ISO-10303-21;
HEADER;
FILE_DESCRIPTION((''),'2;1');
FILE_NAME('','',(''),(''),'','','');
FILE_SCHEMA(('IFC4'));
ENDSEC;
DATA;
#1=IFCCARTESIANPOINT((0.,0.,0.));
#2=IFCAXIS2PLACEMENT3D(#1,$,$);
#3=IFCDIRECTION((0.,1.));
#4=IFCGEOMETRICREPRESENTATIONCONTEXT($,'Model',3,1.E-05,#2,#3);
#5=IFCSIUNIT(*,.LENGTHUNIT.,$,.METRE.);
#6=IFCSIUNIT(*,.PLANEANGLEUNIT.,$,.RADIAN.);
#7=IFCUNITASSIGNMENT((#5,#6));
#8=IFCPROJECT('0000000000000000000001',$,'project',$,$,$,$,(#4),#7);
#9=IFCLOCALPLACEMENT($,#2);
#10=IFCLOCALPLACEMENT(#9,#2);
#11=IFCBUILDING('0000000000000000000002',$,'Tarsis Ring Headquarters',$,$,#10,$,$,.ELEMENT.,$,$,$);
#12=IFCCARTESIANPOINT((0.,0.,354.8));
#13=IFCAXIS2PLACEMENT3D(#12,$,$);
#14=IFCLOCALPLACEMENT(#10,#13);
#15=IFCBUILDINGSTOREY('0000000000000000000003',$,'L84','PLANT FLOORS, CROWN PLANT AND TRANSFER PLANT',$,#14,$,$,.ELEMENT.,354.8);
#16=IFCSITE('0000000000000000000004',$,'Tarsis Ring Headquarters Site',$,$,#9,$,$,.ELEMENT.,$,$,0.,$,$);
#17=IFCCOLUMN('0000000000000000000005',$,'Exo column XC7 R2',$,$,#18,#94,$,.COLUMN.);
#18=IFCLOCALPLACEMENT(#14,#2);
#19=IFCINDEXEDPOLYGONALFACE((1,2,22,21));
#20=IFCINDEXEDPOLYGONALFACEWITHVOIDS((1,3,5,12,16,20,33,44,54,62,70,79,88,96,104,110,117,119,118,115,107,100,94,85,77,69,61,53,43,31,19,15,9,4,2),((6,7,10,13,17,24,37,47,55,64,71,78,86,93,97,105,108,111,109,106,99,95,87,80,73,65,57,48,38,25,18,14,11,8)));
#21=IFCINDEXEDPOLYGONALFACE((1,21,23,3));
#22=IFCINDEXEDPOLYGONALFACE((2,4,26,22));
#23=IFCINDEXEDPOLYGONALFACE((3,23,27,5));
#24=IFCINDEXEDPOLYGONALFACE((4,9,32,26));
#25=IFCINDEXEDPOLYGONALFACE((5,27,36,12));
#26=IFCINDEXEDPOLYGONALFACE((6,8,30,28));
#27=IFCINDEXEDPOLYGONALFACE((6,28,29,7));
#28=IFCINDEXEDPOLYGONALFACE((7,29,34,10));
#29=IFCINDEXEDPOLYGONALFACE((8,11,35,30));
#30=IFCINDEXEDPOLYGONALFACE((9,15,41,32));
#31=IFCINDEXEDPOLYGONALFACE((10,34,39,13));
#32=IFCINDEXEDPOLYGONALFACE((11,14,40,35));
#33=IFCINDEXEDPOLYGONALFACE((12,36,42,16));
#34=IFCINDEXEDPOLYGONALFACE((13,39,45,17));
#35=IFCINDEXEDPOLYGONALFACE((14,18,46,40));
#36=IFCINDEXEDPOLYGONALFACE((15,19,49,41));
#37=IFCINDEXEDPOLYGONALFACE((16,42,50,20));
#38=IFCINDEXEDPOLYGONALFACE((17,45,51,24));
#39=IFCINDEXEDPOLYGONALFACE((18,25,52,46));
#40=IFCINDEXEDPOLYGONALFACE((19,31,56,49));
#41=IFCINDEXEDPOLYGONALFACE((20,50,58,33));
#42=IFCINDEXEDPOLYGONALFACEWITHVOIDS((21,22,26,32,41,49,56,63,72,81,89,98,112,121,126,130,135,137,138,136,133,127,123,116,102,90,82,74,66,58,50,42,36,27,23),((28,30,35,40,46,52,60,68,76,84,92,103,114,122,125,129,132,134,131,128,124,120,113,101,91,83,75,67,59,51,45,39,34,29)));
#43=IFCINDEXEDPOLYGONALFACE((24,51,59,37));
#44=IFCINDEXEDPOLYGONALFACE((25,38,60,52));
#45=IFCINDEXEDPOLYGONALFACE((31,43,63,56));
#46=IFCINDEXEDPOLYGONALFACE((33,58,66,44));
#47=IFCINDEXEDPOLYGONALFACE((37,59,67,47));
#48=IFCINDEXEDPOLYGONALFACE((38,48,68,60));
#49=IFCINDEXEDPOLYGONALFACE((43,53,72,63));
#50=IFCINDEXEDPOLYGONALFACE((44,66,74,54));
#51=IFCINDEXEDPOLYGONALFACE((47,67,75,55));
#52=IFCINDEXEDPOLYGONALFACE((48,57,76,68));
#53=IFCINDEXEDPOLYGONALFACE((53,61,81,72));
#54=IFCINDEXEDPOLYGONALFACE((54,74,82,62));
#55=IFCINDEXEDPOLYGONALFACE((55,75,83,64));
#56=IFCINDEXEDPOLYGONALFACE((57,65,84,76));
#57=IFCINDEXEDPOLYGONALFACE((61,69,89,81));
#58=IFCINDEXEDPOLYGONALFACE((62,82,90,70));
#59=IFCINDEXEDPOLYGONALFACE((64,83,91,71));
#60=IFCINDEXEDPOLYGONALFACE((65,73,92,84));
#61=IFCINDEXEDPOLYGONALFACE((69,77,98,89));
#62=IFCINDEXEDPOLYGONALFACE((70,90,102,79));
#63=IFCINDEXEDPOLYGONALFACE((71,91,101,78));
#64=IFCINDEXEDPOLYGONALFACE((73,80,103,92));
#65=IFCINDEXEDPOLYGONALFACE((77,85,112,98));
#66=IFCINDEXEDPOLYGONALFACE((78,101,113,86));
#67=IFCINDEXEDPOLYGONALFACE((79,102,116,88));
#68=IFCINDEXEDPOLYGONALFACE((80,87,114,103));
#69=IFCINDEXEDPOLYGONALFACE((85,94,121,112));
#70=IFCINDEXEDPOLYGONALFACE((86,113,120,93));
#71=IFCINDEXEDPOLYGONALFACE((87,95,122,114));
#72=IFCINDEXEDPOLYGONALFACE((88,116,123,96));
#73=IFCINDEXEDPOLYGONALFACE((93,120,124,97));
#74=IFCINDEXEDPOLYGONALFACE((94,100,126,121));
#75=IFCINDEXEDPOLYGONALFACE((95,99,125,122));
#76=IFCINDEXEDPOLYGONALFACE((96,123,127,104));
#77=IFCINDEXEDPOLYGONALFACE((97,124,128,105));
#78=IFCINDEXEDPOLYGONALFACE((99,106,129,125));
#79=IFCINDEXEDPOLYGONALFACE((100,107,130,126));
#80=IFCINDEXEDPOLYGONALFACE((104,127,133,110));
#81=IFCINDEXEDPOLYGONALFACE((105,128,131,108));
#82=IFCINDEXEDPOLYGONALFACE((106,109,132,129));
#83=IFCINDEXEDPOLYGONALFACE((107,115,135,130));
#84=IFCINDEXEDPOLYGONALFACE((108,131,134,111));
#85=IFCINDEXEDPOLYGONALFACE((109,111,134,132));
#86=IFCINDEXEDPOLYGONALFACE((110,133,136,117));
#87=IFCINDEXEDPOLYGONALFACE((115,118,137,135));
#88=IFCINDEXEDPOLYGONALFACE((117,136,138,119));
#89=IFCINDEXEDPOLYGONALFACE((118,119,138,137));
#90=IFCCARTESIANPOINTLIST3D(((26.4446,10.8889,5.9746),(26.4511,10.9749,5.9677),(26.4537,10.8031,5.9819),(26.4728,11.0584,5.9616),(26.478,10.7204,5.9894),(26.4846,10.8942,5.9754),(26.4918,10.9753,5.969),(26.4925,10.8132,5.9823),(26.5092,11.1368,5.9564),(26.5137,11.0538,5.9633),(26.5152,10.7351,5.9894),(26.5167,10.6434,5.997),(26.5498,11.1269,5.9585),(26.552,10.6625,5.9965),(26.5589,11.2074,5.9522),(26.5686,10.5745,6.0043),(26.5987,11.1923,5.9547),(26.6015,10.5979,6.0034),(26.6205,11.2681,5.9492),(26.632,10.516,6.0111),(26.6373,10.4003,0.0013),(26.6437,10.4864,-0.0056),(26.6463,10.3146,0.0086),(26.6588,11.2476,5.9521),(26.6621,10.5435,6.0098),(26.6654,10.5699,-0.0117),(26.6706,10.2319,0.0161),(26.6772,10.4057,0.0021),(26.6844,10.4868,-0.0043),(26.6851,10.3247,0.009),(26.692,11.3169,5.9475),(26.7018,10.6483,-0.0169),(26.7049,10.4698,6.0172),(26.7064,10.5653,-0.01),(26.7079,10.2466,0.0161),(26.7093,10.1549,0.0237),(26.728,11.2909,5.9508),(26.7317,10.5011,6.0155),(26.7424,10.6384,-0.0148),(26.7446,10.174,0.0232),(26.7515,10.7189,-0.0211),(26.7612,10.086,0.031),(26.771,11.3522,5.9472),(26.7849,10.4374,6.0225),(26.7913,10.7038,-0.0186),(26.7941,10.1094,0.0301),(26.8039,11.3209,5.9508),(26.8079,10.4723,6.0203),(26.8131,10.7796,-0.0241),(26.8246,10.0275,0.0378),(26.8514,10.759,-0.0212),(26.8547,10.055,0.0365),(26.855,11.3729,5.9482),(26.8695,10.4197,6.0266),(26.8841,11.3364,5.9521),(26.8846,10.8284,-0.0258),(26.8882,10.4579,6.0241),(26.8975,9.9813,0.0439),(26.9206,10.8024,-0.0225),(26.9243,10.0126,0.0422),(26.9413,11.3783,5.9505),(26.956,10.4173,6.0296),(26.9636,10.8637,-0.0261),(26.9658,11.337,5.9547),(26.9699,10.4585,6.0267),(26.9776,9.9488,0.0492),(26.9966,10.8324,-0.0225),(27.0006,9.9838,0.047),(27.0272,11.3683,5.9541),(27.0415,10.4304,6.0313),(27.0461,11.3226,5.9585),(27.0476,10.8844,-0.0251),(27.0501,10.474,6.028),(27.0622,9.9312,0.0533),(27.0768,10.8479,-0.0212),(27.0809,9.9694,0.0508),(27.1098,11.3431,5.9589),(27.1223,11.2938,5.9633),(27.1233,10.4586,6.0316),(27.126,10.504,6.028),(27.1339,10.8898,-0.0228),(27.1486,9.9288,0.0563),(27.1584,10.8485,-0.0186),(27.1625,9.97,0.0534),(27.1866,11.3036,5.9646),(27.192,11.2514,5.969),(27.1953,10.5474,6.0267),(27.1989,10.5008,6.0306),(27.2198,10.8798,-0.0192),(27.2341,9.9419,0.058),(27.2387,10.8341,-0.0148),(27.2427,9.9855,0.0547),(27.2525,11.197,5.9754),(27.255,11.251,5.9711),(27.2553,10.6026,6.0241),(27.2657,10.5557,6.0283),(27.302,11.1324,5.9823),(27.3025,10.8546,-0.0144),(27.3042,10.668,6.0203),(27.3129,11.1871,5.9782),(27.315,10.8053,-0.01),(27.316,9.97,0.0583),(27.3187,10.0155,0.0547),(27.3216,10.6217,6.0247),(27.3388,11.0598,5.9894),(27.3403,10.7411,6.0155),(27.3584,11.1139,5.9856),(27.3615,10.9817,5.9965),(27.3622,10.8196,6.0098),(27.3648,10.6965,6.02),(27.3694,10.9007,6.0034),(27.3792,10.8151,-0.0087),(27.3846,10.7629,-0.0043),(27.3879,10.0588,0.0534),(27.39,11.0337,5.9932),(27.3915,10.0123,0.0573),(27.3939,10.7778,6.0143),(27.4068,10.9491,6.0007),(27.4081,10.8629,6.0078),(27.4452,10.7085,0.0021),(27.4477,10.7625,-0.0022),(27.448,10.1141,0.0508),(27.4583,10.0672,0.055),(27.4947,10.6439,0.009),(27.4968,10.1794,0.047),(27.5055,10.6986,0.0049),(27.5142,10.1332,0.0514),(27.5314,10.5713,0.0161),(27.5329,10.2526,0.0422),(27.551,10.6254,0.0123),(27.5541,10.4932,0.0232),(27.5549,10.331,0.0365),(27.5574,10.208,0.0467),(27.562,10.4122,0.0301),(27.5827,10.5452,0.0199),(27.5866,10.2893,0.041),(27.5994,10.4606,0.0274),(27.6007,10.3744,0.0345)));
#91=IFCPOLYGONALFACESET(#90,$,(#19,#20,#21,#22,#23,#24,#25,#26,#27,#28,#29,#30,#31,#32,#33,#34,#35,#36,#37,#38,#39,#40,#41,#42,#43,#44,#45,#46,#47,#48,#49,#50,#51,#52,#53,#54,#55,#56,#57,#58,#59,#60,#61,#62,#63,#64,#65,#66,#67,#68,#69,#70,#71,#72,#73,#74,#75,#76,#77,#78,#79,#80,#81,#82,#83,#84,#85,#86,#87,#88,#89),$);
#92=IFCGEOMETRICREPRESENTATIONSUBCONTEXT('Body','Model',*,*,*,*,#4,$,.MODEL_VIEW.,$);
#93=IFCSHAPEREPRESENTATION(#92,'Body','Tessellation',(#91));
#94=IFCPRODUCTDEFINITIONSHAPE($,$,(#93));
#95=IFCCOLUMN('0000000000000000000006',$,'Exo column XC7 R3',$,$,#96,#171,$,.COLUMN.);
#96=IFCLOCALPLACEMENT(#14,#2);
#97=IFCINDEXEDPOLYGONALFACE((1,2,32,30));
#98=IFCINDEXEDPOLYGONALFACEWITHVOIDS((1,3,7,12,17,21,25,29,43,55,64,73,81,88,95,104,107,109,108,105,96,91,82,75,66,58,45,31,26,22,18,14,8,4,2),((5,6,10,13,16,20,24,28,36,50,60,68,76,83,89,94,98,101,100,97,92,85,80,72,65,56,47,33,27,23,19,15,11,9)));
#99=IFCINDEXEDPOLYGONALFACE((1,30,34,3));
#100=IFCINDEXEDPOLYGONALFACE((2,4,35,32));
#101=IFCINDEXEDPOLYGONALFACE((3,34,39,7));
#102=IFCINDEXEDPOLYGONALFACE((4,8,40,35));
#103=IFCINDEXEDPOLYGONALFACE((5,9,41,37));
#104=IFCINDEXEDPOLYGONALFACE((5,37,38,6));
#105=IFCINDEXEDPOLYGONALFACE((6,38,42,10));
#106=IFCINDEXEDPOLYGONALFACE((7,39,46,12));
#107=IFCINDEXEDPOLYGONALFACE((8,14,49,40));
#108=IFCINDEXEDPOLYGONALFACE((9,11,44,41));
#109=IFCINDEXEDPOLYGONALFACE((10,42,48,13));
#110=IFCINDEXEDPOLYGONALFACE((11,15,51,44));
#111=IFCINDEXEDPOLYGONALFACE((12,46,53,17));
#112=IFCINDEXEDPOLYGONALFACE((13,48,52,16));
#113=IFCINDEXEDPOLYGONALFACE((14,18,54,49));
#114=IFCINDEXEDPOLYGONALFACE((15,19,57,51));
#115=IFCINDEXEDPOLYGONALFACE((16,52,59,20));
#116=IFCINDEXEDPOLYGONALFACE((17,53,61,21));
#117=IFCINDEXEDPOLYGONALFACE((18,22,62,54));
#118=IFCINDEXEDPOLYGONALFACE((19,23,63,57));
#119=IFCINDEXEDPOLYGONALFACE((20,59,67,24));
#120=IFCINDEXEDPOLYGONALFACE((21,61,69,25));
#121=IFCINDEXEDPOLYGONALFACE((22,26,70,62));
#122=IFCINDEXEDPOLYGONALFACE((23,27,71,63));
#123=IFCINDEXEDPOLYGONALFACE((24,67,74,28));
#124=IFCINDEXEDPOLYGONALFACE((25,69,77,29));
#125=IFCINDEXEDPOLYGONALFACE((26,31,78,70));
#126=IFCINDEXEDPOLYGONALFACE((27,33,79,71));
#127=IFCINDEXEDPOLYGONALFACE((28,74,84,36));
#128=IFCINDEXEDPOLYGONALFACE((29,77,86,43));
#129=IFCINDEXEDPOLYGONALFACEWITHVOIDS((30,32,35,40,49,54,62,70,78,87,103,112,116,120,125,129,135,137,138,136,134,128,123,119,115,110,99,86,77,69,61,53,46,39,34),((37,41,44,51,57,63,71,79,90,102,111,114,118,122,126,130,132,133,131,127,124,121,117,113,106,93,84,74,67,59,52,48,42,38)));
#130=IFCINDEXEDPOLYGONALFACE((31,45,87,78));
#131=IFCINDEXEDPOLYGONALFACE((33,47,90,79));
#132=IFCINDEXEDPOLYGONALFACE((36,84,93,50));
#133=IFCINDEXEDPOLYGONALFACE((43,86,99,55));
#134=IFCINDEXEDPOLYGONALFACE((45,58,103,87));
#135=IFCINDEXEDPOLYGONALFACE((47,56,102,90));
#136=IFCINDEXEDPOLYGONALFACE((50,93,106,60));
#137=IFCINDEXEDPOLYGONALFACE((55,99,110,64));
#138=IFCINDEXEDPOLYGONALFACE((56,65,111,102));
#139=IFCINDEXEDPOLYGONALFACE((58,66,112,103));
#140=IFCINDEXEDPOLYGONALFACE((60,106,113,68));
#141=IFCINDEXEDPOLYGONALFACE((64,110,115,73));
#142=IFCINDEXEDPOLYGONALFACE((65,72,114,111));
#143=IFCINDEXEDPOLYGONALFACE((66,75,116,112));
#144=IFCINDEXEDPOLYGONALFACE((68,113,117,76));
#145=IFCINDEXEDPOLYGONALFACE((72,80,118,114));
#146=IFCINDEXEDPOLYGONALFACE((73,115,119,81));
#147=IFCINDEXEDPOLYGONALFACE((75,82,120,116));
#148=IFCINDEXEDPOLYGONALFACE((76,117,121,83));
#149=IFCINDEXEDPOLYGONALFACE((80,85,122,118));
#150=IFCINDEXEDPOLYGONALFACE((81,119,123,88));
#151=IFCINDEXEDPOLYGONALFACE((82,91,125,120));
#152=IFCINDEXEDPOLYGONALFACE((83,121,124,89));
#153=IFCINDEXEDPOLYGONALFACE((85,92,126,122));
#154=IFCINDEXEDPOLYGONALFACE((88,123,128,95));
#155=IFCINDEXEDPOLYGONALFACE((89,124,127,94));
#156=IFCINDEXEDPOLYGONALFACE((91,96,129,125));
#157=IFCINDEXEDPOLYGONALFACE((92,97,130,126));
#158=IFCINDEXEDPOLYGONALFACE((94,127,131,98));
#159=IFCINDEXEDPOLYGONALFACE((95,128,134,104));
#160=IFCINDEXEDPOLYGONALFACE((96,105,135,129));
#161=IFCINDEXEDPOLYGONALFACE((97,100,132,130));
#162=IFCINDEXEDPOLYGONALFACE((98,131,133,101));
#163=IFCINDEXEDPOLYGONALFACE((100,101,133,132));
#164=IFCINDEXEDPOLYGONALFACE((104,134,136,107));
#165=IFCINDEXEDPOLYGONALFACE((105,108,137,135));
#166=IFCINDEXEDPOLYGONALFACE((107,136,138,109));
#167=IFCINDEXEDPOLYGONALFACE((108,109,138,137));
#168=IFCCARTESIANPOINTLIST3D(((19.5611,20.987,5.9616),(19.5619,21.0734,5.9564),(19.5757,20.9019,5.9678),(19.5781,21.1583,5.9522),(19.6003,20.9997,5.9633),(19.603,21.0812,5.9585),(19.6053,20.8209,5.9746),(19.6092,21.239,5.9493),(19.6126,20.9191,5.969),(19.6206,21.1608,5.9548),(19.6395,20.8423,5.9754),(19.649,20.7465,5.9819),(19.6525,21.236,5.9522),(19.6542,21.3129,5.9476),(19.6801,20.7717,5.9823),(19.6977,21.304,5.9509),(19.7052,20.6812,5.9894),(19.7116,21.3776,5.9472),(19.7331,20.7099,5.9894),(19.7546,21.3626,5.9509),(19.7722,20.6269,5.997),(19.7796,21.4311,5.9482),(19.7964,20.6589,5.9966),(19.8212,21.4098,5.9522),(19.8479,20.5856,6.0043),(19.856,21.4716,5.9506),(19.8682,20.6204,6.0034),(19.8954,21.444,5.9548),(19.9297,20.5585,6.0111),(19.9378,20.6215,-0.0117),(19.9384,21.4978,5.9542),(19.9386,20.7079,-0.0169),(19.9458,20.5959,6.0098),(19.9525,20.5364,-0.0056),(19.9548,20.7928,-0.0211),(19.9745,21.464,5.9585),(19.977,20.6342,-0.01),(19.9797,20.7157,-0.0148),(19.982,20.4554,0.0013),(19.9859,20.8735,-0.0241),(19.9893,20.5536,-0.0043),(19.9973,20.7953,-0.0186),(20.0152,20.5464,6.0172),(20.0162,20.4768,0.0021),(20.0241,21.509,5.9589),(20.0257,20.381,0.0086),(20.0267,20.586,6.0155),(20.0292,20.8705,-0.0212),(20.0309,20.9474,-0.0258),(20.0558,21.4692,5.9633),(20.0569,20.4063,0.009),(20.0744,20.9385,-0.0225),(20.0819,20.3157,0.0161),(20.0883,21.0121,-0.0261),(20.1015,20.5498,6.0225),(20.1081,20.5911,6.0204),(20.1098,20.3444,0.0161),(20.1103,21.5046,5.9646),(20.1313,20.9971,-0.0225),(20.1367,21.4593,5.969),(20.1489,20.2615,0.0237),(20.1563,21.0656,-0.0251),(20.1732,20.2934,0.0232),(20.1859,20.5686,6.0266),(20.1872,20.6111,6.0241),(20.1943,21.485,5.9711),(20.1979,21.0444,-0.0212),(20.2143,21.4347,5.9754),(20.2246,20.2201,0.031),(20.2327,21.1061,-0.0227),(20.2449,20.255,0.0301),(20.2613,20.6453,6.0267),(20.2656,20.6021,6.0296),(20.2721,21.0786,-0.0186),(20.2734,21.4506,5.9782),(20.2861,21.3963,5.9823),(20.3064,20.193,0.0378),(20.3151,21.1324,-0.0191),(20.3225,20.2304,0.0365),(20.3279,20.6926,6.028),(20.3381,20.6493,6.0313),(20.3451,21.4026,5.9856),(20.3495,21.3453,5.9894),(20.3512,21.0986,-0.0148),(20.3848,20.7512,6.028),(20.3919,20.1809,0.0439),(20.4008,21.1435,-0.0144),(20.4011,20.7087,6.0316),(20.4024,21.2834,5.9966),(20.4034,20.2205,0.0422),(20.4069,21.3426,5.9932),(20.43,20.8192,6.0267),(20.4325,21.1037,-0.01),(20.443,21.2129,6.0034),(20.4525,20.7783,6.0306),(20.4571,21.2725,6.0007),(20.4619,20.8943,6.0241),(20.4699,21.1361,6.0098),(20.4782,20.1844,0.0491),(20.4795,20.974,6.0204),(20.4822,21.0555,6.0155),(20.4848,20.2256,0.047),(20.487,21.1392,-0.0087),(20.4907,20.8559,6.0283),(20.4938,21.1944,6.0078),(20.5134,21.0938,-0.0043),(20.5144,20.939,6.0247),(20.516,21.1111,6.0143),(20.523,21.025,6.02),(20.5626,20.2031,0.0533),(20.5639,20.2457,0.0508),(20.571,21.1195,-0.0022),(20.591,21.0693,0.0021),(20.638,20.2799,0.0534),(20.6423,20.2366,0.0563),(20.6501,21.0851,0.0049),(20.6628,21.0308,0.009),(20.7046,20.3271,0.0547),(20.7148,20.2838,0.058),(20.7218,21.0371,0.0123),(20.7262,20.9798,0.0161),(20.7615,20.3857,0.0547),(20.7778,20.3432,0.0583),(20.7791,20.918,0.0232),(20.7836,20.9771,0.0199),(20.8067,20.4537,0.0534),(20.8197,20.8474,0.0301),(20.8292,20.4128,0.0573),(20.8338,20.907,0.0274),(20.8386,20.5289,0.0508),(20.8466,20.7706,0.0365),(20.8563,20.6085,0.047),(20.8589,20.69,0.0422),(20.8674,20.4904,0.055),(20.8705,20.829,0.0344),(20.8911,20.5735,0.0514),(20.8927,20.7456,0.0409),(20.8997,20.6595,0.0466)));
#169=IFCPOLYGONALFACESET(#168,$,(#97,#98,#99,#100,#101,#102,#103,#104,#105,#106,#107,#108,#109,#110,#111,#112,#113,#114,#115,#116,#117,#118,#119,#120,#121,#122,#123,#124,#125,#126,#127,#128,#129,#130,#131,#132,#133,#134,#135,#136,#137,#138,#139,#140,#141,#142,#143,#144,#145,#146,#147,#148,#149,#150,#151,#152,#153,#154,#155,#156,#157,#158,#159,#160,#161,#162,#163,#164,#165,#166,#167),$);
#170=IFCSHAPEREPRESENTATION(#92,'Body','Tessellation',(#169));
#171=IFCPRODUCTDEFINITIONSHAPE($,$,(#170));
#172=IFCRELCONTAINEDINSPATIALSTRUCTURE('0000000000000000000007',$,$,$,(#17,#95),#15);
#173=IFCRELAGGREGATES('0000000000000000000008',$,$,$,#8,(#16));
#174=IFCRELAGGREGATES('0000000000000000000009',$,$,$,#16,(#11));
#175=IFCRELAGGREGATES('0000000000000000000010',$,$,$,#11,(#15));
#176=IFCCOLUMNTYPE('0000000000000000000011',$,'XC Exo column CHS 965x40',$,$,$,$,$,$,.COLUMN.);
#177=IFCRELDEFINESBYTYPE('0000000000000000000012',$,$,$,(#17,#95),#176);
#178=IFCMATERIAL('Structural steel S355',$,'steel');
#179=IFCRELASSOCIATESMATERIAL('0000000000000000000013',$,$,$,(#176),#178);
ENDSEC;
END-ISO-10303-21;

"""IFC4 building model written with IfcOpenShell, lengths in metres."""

from ifc_helpers import new_model, si_unit, direction, frame, origin, origin_2d, place, context, subcontext, project, spatial, hollow_circle, extrude, material, material_profile, profile_set, type_object, element, save


model = new_model("IFC4")

# Units and contexts
model_context = context("Model", 3, precision=1e-05, world=origin(), true_north=direction((0.0, 1.0)))
body_context = subcontext(model_context, "Body", "Model", "MODEL_VIEW")
ifc_project = project(units=[si_unit("LENGTHUNIT", "METRE"), si_unit("PLANEANGLEUNIT", "RADIAN")], contexts=[model_context])

# Site, building, storey
site_placement = place(None, origin())
site = spatial("IfcSite", under=ifc_project, at=site_placement, Name="Tarsis Ring Headquarters Site", CompositionType="ELEMENT", RefElevation=0.0)
building_placement = place(site_placement, origin())
building = spatial("IfcBuilding", under=site, at=building_placement, Name="Tarsis Ring Headquarters", CompositionType="ELEMENT")
storey_placement = place(building_placement, frame((0.0, 0.0, 354.8)))
storey = spatial("IfcBuildingStorey", under=building, at=storey_placement, Name="L84", Description="PLANT FLOORS, CROWN PLANT AND TRANSFER PLANT", CompositionType="ELEMENT", Elevation=354.8)

# Columns
ifc_material_1 = material(Name="Structural steel S355", Category="steel")
ifc_material_profile_1 = material_profile(ifc_material_1, hollow_circle(Radius=0.4827, WallThickness=0.04, at=origin_2d()), Name="CHS 965x40")
ifc_profile_set_1 = profile_set([ifc_material_profile_1], Name="Structural steel S355")
column_type = type_object("IfcColumnType", Name="XC Exo column CHS 965x40", PredefinedType="COLUMN", material=ifc_profile_set_1)
for number, where, z_axis, x_axis, name in (
    (1, (27.1196, 10.4089, 0.0161), (-0.032124, 0.081469, 0.996158), (-0.930293, -0.366817, 0.0), "Exo column XC7 R2"),
    (2, (20.418, 20.6621, 0.0161), (-0.062822, 0.06095, 0.996162), (-0.696327, -0.717724, 0.0), "Exo column XC7 R3"),
):
    element("IfcColumn", number, at=place(storey_placement, frame(where, z_axis=z_axis, x_axis=x_axis)), inside=storey, type_object=column_type, Name=name, PredefinedType="COLUMN", context=body_context, shape_type="SweptSolid", body=[
        extrude(hollow_circle(Radius=0.4827, WallThickness=0.04, at=origin_2d()), origin(), (0.0, 0.0, 1.0), 5.9963),
    ])

save(model, "model.ifc")
